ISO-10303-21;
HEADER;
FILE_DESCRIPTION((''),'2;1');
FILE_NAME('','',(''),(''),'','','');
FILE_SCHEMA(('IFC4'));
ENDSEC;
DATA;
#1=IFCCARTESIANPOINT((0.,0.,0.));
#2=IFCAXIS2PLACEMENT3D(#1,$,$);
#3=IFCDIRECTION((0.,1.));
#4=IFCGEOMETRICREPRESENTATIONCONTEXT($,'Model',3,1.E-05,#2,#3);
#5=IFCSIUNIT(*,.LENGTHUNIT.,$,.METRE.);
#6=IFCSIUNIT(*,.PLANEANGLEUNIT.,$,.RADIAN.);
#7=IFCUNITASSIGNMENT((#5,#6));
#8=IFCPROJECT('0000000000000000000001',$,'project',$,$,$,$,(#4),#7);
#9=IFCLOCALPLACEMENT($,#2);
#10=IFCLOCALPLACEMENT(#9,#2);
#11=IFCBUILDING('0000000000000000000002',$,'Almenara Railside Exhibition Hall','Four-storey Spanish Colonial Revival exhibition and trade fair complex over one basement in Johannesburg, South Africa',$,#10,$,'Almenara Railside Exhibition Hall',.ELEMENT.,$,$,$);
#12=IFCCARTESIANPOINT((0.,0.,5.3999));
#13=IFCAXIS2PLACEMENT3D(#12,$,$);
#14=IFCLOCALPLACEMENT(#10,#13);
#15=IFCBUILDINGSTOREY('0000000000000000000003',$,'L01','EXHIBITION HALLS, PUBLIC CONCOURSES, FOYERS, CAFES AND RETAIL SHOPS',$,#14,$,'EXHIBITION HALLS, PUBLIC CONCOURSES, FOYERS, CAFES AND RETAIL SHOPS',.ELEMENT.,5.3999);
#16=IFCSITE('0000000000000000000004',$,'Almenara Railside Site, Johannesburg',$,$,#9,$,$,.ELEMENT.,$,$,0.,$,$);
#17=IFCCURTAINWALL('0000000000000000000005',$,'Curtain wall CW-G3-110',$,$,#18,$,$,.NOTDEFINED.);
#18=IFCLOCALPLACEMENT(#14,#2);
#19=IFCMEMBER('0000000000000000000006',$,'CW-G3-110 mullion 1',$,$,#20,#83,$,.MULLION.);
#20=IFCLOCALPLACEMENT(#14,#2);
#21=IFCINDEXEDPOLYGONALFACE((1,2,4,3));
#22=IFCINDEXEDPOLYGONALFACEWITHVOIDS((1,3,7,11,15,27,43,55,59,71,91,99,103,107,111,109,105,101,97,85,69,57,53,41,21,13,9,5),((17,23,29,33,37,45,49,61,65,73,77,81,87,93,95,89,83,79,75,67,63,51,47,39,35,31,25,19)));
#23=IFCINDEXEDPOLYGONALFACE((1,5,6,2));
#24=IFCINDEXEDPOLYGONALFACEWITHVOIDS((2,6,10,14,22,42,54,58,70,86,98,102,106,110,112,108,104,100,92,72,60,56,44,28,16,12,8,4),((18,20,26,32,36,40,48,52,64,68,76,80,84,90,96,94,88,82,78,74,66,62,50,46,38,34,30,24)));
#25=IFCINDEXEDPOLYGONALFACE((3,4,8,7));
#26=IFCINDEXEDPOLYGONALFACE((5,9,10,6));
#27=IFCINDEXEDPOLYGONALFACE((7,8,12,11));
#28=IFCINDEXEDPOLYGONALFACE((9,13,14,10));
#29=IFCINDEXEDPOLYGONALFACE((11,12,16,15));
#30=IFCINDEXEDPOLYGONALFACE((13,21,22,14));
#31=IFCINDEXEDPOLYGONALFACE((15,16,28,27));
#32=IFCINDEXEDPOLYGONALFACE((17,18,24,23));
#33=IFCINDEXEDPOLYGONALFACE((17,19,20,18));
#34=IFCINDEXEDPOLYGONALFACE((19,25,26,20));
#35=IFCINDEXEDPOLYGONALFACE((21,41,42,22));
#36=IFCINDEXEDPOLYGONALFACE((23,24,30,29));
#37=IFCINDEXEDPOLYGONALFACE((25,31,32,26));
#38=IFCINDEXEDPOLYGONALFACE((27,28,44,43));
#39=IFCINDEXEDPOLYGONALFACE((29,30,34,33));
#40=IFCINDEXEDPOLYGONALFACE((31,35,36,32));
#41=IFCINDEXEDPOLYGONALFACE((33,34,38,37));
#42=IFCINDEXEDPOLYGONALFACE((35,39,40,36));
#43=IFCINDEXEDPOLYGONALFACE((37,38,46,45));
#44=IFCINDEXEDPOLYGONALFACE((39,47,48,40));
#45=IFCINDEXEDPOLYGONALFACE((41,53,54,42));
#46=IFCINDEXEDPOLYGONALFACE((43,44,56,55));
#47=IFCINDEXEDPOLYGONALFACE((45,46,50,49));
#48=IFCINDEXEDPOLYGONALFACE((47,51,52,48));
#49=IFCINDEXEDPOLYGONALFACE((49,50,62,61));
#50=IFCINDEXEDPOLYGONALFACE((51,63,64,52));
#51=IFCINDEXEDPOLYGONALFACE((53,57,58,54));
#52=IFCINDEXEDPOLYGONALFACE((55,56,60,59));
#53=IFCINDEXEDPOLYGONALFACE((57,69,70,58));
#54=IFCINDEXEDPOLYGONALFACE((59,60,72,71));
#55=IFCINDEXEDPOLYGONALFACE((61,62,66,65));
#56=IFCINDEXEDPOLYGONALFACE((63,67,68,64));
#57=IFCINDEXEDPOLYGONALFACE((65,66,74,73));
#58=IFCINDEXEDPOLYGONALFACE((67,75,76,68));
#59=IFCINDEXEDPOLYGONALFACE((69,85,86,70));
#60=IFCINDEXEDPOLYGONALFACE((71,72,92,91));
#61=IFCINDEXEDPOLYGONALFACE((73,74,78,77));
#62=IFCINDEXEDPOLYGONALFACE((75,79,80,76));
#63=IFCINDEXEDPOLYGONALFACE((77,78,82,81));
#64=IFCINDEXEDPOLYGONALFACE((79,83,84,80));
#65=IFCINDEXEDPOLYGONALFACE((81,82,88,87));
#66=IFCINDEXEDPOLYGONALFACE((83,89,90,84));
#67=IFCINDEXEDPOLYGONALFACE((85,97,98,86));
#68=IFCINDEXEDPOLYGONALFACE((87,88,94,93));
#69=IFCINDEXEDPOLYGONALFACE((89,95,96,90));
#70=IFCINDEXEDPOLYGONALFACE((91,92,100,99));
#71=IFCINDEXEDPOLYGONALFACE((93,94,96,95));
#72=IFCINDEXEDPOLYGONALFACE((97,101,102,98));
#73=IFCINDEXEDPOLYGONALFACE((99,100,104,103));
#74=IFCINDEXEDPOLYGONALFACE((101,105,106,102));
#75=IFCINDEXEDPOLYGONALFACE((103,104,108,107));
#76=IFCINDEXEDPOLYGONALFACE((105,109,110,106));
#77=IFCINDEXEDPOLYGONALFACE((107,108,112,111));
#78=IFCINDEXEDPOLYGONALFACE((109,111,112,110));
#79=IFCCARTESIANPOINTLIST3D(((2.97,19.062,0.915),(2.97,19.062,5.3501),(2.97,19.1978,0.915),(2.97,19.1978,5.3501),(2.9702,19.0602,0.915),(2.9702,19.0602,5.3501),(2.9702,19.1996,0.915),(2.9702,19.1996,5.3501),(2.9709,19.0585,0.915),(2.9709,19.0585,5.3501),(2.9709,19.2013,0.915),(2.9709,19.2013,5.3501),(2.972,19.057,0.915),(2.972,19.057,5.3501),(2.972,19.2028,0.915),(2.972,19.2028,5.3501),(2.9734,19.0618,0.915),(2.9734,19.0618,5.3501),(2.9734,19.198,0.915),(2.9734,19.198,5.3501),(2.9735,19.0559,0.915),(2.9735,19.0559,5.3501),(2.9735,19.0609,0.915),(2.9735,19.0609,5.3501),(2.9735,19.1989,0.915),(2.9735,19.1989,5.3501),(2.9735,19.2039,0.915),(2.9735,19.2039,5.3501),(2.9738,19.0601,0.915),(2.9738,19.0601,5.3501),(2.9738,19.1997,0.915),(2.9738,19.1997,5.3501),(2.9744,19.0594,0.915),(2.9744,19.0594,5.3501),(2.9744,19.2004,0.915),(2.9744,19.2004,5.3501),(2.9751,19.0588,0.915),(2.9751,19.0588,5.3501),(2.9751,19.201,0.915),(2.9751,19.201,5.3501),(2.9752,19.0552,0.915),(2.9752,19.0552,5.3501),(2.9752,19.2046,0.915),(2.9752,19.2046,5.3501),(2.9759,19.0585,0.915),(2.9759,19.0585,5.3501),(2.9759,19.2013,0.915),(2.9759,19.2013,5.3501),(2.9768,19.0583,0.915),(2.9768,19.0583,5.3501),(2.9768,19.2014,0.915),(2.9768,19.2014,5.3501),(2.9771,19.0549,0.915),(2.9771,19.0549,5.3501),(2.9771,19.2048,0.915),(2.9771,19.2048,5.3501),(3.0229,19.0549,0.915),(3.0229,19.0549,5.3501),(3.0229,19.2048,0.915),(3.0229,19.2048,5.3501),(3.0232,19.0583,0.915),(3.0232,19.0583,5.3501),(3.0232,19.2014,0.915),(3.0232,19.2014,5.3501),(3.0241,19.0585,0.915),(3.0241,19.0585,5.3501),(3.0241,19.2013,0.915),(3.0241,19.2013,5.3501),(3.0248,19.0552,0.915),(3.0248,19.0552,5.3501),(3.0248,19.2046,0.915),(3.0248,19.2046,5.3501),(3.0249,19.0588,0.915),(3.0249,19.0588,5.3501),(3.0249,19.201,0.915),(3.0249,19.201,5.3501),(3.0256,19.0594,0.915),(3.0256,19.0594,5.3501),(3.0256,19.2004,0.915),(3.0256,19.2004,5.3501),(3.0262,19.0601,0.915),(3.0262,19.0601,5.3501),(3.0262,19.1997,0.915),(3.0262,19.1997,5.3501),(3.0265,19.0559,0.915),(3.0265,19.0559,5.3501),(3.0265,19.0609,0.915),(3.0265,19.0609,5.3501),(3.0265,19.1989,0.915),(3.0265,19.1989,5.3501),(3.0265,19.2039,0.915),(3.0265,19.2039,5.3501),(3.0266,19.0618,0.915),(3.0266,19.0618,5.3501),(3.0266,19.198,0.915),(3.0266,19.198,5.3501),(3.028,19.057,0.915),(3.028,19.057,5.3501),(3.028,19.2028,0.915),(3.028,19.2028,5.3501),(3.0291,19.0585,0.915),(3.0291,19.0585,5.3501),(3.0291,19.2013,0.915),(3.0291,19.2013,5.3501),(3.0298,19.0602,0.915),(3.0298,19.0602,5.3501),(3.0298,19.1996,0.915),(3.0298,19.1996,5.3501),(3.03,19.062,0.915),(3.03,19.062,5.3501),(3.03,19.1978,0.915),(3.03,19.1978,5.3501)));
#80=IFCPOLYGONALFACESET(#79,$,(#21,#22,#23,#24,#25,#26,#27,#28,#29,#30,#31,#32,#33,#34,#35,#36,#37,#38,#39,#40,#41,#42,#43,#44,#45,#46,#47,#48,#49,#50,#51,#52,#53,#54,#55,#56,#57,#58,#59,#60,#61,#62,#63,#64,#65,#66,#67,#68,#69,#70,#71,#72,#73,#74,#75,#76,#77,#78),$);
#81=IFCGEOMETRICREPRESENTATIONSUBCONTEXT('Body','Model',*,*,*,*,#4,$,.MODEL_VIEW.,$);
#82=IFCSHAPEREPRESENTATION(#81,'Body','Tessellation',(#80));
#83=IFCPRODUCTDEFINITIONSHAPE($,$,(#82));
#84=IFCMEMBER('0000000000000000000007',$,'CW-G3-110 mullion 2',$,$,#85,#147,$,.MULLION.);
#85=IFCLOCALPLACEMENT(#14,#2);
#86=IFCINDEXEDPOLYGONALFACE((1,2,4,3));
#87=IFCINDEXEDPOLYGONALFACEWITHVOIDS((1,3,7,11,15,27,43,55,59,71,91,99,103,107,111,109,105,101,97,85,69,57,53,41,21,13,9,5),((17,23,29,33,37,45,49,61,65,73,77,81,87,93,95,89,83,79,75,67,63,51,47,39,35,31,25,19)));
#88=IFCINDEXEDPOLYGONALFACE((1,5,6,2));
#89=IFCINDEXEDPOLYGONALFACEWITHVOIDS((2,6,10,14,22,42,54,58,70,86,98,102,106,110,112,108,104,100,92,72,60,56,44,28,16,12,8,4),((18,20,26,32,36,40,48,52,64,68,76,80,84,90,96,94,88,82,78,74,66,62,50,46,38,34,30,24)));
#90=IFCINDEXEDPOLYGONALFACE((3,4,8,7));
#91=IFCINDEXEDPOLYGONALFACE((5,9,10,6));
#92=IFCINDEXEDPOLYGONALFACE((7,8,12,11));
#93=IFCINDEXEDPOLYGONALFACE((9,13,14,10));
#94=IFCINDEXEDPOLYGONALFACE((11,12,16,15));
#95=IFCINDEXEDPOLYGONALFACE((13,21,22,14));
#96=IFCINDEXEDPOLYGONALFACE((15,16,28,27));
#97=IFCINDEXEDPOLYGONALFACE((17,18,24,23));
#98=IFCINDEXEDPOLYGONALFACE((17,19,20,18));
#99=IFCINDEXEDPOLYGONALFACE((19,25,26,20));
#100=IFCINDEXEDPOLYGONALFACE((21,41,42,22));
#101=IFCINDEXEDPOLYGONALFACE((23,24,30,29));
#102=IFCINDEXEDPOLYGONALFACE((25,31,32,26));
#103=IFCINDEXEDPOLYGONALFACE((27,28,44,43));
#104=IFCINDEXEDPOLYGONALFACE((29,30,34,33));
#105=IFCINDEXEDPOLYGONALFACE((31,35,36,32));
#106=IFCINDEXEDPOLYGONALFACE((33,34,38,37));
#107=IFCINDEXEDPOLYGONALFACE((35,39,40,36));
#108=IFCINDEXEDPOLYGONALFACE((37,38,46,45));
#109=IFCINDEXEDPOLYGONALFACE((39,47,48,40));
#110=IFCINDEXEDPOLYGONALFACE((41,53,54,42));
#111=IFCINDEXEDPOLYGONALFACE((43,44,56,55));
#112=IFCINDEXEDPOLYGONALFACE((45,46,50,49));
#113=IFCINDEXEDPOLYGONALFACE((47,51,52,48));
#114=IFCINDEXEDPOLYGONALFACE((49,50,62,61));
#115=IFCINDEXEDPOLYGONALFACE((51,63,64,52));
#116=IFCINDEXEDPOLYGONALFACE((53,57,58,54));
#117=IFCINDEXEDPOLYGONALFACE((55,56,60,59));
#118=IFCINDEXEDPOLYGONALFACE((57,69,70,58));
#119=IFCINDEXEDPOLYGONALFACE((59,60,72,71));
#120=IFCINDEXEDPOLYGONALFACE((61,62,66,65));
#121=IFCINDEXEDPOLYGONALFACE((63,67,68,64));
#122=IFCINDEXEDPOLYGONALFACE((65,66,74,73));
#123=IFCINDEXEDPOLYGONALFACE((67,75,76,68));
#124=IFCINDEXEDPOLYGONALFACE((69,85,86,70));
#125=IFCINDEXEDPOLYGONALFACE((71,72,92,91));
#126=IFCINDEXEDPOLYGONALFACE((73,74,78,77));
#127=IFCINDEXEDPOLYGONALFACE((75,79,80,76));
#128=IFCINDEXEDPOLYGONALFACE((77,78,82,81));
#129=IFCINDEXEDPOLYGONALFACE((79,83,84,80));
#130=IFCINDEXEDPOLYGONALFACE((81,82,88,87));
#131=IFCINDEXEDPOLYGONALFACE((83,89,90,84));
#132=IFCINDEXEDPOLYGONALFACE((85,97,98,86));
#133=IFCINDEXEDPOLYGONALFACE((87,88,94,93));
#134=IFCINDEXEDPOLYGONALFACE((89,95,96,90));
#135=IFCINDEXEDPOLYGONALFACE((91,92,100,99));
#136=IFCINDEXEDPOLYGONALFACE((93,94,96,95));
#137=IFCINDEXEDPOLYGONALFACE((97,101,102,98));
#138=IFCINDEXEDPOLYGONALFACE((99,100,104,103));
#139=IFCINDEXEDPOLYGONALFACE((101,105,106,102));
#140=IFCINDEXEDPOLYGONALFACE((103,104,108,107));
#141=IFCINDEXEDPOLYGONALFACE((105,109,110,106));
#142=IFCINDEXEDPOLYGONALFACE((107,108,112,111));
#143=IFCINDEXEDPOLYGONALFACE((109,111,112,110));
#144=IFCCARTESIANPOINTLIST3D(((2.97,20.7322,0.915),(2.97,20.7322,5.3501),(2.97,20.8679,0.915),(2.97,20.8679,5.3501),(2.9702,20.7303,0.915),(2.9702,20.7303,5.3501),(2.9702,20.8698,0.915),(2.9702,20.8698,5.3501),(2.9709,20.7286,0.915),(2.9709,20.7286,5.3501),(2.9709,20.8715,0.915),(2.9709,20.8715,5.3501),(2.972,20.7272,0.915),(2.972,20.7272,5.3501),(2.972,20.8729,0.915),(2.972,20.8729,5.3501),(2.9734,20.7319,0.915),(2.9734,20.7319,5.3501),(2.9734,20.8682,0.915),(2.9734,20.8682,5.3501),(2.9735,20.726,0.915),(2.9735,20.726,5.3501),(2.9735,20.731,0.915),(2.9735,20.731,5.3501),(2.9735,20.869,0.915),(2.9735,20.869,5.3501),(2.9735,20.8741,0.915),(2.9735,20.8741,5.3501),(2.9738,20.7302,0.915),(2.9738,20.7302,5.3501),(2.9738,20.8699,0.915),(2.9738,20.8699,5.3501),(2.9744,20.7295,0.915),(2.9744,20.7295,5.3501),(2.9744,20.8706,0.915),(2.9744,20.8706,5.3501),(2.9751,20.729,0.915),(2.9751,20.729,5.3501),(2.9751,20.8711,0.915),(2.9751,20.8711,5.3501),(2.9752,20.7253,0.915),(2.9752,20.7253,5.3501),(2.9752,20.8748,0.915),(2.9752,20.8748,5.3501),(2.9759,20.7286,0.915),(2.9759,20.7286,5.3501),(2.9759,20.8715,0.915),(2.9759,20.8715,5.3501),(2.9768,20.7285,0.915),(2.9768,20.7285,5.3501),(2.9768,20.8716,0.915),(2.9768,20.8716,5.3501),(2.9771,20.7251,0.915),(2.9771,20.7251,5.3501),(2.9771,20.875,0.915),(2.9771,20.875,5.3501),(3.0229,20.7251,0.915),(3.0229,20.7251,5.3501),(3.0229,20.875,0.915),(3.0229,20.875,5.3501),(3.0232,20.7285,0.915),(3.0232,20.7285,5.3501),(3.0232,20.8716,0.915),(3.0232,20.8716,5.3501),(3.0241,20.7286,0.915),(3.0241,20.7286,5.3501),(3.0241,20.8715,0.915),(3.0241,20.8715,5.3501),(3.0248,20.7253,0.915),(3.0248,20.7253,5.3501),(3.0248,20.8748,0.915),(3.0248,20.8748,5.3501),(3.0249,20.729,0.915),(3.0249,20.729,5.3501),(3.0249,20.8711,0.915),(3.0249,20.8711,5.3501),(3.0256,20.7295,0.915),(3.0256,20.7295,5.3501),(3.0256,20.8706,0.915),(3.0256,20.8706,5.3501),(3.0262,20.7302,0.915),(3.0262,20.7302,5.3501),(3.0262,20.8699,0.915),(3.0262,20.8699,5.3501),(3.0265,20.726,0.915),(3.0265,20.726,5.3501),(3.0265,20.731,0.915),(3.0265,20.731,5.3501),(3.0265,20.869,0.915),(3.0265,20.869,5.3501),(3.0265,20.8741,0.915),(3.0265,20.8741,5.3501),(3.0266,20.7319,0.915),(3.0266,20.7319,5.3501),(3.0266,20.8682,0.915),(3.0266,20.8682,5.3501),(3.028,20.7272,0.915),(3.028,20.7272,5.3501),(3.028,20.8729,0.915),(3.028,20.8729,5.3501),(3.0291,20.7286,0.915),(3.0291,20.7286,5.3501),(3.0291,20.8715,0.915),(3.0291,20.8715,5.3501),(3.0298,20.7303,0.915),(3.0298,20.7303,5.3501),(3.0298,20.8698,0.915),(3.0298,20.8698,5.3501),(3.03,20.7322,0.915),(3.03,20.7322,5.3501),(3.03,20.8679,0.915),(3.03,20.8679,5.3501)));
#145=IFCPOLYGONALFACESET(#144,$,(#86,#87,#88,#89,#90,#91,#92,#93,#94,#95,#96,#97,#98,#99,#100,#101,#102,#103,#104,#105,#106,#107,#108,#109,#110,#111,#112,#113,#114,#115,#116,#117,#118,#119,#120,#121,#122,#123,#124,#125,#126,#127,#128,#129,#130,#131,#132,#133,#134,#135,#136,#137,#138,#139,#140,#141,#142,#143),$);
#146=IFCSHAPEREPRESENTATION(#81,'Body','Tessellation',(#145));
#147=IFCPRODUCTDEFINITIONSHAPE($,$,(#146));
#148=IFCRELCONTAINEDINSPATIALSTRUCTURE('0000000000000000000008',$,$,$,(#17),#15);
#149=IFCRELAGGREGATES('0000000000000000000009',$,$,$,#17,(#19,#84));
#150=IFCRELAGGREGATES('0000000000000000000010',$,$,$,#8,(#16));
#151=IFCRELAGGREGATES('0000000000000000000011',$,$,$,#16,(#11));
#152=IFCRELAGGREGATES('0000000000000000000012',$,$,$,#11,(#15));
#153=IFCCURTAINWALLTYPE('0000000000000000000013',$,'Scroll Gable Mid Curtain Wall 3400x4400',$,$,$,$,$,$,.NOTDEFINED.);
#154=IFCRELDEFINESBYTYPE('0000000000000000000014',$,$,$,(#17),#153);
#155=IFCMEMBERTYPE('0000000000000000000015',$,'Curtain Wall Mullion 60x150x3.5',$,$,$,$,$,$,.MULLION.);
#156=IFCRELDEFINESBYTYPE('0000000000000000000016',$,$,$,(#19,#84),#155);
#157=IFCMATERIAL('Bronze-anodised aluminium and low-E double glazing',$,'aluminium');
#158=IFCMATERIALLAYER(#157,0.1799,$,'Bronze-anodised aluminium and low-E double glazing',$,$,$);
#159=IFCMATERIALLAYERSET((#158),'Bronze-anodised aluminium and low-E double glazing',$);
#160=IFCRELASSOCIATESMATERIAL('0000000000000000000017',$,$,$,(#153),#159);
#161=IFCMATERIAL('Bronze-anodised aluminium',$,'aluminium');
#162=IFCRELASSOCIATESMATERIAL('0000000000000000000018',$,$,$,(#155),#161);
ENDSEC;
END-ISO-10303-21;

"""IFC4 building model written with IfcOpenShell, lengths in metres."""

from ifc_helpers import new_model, si_unit, direction, frame, origin, origin_2d, place, context, subcontext, project, spatial, hollow_rectangle, extrude, material, layer, layer_set, material_profile, profile_set, type_object, element, aggregate, save


model = new_model("IFC4")

# Units and contexts
model_context = context("Model", 3, precision=1e-05, world=origin(), true_north=direction((0.0, 1.0)))
body_context = subcontext(model_context, "Body", "Model", "MODEL_VIEW")
ifc_project = project(units=[si_unit("LENGTHUNIT", "METRE"), si_unit("PLANEANGLEUNIT", "RADIAN")], contexts=[model_context])

# Site, building, storey
site_placement = place(None, origin())
site = spatial("IfcSite", under=ifc_project, at=site_placement, Name="Almenara Railside Site, Johannesburg", CompositionType="ELEMENT", RefElevation=0.0)
building_placement = place(site_placement, origin())
building = spatial("IfcBuilding", under=site, at=building_placement, Name="Almenara Railside Exhibition Hall", Description="Four-storey Spanish Colonial Revival exhibition and trade fair complex over one basement in Johannesburg, South Africa", LongName="Almenara Railside Exhibition Hall", CompositionType="ELEMENT")
storey_placement = place(building_placement, frame((0.0, 0.0, 5.3999)))
storey = spatial("IfcBuildingStorey", under=building, at=storey_placement, Name="L01", Description="EXHIBITION HALLS, PUBLIC CONCOURSES, FOYERS, CAFES AND RETAIL SHOPS", LongName="EXHIBITION HALLS, PUBLIC CONCOURSES, FOYERS, CAFES AND RETAIL SHOPS", CompositionType="ELEMENT", Elevation=5.3999)

# Curtain wall, members
ifc_material_1 = material(Name="Bronze-anodised aluminium and low-E double glazing", Category="aluminium")
ifc_layer_1 = layer(ifc_material_1, 0.1799, Name="Bronze-anodised aluminium and low-E double glazing")
ifc_layer_set_1 = layer_set([ifc_layer_1], Name="Bronze-anodised aluminium and low-E double glazing")
curtain_wall_type = type_object("IfcCurtainWallType", Name="Scroll Gable Mid Curtain Wall 3400x4400", PredefinedType="NOTDEFINED", material=ifc_layer_set_1)
curtain_wall_1_placement = place(storey_placement, origin())
curtain_wall_1 = element("IfcCurtainWall", 1, at=curtain_wall_1_placement, inside=storey, type_object=curtain_wall_type, Name="Curtain wall CW-G3-110", PredefinedType="NOTDEFINED")
ifc_material_2 = material(Name="Bronze-anodised aluminium", Category="aluminium")
ifc_material_profile_1 = material_profile(ifc_material_2, hollow_rectangle(XDim=0.0601, YDim=0.1499, WallThickness=0.0034, InnerFilletRadius=0.0034, OuterFilletRadius=0.0071, at=origin_2d()), Name="ALU-MUL 60x150x3.5")
ifc_profile_set_1 = profile_set([ifc_material_profile_1], Name="Bronze-anodised aluminium")
member_type_1 = type_object("IfcMemberType", Name="Curtain Wall Mullion 60x150x3.5", PredefinedType="MULLION", material=ifc_profile_set_1)
member_1_placement = place(storey_placement, frame((3.0, 19.1299, 0.915), z_axis=(0.0, 0.0, 1.0), x_axis=(-1.0, 0.0, 0.0)))
member_1 = element("IfcMember", 2, at=member_1_placement, type_object=member_type_1, Name="CW-G3-110 mullion 1", PredefinedType="MULLION", context=body_context, shape_type="SweptSolid", body=[
    extrude(hollow_rectangle(XDim=0.0601, YDim=0.1499, WallThickness=0.0034, InnerFilletRadius=0.0034, OuterFilletRadius=0.0071, at=origin_2d()), origin(), (0.0, 0.0, 1.0), 4.4351),
])
member_2_placement = place(storey_placement, frame((3.0, 20.8, 0.915), z_axis=(0.0, 0.0, 1.0), x_axis=(-1.0, 0.0, 0.0)))
member_2 = element("IfcMember", 3, at=member_2_placement, type_object=member_type_1, Name="CW-G3-110 mullion 2", PredefinedType="MULLION", context=body_context, shape_type="SweptSolid", body=[
    extrude(hollow_rectangle(XDim=0.0601, YDim=0.1499, WallThickness=0.0034, InnerFilletRadius=0.0034, OuterFilletRadius=0.0071, at=origin_2d()), origin(), (0.0, 0.0, 1.0), 4.4351),
])

aggregate(curtain_wall_1, [member_1, member_2])

save(model, "model.ifc")
